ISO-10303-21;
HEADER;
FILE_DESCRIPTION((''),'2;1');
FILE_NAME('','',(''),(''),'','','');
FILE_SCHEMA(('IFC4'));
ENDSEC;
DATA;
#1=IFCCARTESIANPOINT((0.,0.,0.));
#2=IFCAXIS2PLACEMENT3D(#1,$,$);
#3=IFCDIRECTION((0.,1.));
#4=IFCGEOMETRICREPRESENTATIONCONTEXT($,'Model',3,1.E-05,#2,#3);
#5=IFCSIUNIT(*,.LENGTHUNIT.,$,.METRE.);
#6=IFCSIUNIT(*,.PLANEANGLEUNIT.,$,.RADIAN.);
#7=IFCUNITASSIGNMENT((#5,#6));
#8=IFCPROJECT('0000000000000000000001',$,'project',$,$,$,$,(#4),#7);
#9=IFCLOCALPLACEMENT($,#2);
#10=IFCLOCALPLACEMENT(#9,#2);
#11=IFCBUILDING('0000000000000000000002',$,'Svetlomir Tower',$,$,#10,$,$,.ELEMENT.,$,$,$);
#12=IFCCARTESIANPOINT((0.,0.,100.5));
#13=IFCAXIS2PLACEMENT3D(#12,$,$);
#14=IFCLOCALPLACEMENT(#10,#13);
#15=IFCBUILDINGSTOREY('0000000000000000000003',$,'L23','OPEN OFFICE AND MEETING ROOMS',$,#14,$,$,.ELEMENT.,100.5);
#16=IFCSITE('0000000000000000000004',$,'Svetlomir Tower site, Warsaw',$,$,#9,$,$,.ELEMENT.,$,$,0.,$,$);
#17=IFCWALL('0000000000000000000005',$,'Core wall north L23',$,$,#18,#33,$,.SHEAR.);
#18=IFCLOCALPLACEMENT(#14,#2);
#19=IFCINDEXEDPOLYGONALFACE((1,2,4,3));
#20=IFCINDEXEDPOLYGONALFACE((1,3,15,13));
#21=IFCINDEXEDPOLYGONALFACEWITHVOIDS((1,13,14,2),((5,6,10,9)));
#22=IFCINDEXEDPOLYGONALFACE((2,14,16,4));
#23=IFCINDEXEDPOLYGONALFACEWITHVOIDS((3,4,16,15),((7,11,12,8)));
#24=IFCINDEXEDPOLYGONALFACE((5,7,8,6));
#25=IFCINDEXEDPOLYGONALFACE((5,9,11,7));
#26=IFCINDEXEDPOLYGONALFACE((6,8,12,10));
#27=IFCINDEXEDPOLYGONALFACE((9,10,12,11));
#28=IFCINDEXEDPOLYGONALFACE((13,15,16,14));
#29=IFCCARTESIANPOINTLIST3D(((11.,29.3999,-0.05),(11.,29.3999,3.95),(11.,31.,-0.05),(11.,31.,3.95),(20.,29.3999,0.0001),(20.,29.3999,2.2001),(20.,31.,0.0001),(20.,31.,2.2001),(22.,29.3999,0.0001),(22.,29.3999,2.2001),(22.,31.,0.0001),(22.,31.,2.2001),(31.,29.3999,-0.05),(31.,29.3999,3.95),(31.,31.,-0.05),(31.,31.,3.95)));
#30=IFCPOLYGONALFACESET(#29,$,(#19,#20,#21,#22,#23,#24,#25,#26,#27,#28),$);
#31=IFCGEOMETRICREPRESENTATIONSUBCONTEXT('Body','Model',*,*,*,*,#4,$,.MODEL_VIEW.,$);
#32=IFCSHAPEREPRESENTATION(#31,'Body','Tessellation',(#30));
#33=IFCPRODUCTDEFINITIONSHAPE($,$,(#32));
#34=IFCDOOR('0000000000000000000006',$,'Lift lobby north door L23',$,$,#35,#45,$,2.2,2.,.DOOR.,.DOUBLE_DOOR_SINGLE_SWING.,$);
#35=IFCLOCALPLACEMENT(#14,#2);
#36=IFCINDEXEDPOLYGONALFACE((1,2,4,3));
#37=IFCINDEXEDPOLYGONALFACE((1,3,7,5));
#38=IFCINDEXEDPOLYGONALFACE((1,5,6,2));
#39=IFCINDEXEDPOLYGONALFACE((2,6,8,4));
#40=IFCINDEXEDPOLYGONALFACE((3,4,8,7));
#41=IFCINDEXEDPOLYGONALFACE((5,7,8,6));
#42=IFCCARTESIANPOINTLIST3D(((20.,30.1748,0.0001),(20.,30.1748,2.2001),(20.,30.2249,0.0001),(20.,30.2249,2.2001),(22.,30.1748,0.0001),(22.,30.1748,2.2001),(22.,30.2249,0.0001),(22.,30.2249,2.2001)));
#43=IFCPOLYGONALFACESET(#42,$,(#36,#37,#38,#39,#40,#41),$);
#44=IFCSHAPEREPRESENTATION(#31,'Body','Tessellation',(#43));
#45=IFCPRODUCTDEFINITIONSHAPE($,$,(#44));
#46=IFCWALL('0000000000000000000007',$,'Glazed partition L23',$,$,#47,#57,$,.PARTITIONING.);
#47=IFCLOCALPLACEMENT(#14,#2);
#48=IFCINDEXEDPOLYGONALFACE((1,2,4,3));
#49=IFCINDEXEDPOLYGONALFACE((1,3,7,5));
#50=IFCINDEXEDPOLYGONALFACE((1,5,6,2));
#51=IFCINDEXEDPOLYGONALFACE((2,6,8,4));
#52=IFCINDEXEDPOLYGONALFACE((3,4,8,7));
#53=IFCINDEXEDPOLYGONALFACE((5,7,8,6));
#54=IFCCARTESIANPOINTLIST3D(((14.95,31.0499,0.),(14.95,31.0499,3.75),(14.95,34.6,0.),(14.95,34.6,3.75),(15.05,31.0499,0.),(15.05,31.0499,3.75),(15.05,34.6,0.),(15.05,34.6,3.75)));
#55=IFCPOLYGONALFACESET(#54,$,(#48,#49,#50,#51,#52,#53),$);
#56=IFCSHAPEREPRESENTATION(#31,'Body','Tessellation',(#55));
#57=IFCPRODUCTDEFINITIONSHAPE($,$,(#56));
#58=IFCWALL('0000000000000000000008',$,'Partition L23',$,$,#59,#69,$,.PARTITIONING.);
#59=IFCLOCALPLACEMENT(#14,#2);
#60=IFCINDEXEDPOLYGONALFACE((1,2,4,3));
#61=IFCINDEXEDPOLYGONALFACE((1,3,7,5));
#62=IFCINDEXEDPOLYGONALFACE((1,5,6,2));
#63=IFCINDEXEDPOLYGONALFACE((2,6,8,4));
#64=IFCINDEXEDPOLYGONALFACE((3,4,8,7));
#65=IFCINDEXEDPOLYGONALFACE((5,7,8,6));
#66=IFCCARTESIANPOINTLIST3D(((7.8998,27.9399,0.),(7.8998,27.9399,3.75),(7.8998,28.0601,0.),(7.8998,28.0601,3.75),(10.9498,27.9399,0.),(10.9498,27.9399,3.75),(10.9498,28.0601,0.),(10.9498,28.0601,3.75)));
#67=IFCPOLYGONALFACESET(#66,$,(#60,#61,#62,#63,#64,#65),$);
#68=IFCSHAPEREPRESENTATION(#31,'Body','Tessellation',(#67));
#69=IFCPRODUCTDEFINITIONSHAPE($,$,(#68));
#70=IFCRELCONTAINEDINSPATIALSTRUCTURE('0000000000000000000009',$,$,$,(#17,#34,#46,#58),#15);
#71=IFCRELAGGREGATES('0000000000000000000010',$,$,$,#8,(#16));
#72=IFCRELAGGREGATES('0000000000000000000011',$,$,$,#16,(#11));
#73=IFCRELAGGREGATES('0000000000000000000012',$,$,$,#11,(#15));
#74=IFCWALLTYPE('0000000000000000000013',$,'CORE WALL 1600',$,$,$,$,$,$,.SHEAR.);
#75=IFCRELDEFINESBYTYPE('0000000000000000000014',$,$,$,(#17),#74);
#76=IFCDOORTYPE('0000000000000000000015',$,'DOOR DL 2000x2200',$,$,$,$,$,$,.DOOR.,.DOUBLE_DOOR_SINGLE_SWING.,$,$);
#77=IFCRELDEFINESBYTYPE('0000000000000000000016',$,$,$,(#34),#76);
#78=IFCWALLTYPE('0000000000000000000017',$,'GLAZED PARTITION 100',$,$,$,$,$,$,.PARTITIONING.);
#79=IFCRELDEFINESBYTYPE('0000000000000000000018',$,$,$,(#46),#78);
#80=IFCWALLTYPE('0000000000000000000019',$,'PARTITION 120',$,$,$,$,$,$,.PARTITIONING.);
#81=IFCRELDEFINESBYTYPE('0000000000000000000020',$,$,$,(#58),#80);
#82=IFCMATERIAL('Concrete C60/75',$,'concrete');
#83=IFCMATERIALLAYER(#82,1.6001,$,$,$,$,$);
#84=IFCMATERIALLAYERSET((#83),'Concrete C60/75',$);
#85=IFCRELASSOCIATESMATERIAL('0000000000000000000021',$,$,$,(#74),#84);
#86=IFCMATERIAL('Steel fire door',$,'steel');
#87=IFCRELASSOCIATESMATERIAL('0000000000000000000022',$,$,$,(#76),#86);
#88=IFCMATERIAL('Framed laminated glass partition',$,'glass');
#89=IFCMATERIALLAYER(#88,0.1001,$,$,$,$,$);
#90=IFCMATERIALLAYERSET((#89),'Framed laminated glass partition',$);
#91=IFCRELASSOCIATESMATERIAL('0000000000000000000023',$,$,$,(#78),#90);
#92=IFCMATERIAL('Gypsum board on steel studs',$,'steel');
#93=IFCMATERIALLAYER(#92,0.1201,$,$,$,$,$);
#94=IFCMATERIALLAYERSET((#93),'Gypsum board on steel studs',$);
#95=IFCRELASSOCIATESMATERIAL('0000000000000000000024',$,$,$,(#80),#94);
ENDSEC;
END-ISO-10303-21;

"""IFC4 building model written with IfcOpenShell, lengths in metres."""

from ifc_helpers import new_model, si_unit, direction, frame, frame_2d, origin, place, context, subcontext, project, spatial, rectangle, extrude, material, layer, layer_set, type_object, element, fill, save


model = new_model("IFC4")

# Units and contexts
model_context = context("Model", 3, precision=1e-05, world=origin(), true_north=direction((0.0, 1.0)))
body_context = subcontext(model_context, "Body", "Model", "MODEL_VIEW")
ifc_project = project(units=[si_unit("LENGTHUNIT", "METRE"), si_unit("PLANEANGLEUNIT", "RADIAN")], contexts=[model_context])

# Site, building, storey
site_placement = place(None, origin())
site = spatial("IfcSite", under=ifc_project, at=site_placement, Name="Svetlomir Tower site, Warsaw", CompositionType="ELEMENT", RefElevation=0.0)
building_placement = place(site_placement, origin())
building = spatial("IfcBuilding", under=site, at=building_placement, Name="Svetlomir Tower", CompositionType="ELEMENT")
storey_placement = place(building_placement, frame((0.0, 0.0, 100.5)))
storey = spatial("IfcBuildingStorey", under=building, at=storey_placement, Name="L23", Description="OPEN OFFICE AND MEETING ROOMS", CompositionType="ELEMENT", Elevation=100.5)

# Wall, opening, door
ifc_material_1 = material(Name="Concrete C60/75", Category="concrete")
ifc_layer_1 = layer(ifc_material_1, 1.6001)
ifc_layer_set_1 = layer_set([ifc_layer_1], Name="Concrete C60/75")
wall_type_1 = type_object("IfcWallType", Name="CORE WALL 1600", PredefinedType="SHEAR", material=ifc_layer_set_1)
wall_1_placement = place(storey_placement, frame((11.0, 30.2, -0.05), z_axis=(0.0, 0.0, 1.0), x_axis=(1.0, 0.0, 0.0)))
wall_1 = element("IfcWall", 1, at=wall_1_placement, inside=storey, type_object=wall_type_1, Name="Core wall north L23", PredefinedType="SHEAR", context=body_context, shape_type="SweptSolid", body=[
    extrude(rectangle(XDim=20.0, YDim=1.6001, at=frame_2d((10.0, 0.0))), origin(), (0.0, 0.0, 1.0), 4.0),
])
opening_placement = place(wall_1_placement, frame((9.0, 0.0, 0.05)))
opening = element("IfcOpeningElement", 2, at=opening_placement, cuts=wall_1, PredefinedType="OPENING", context=body_context, shape_type="SweptSolid", body=[
    extrude(rectangle(XDim=2.0, YDim=2.2, at=frame_2d((1.0, 1.1001))), frame((0.0, 0.8101, 0.0), z_axis=(0.0, -1.0, 0.0), x_axis=(1.0, 0.0, 0.0)), (0.0, 0.0, 1.0), 1.6201),
])
ifc_material_2 = material(Name="Steel fire door", Category="steel")
door_type = type_object("IfcDoorType", Name="DOOR DL 2000x2200", OperationType="DOUBLE_DOOR_SINGLE_SWING", PredefinedType="DOOR", material=ifc_material_2)
door_placement = place(opening_placement, origin())
door = element("IfcDoor", 3, at=door_placement, inside=storey, type_object=door_type, Name="Lift lobby north door L23", OperationType="DOUBLE_DOOR_SINGLE_SWING", OverallHeight=2.2, OverallWidth=2.0, PredefinedType="DOOR", context=body_context, shape_type="SweptSolid", body=[
    extrude(rectangle(XDim=2.0, YDim=2.2, at=frame_2d((1.0, 1.1001))), frame((0.0, 0.0249, 0.0), z_axis=(0.0, -1.0, 0.0), x_axis=(1.0, 0.0, 0.0)), (0.0, 0.0, 1.0), 0.05),
])
fill(opening, door)

# Walls
ifc_material_3 = material(Name="Framed laminated glass partition", Category="glass")
ifc_layer_2 = layer(ifc_material_3, 0.1001)
ifc_layer_set_2 = layer_set([ifc_layer_2], Name="Framed laminated glass partition")
wall_type_2 = type_object("IfcWallType", Name="GLAZED PARTITION 100", PredefinedType="PARTITIONING", material=ifc_layer_set_2)
wall_2_placement = place(storey_placement, frame((15.0, 31.05, 0.0), z_axis=(0.0, 0.0, 1.0), x_axis=(0.0, 1.0, 0.0)))
element("IfcWall", 4, at=wall_2_placement, inside=storey, type_object=wall_type_2, Name="Glazed partition L23", PredefinedType="PARTITIONING", context=body_context, shape_type="SweptSolid", body=[
    extrude(rectangle(XDim=3.55, YDim=0.1001, at=frame_2d((1.7749, 0.0))), origin(), (0.0, 0.0, 1.0), 3.75),
])
ifc_material_4 = material(Name="Gypsum board on steel studs", Category="steel")
ifc_layer_3 = layer(ifc_material_4, 0.1201)
ifc_layer_set_3 = layer_set([ifc_layer_3], Name="Gypsum board on steel studs")
wall_type_3 = type_object("IfcWallType", Name="PARTITION 120", PredefinedType="PARTITIONING", material=ifc_layer_set_3)
wall_3_placement = place(storey_placement, frame((7.8999, 28.0, 0.0), z_axis=(0.0, 0.0, 1.0), x_axis=(1.0, 0.0, 0.0)))
element("IfcWall", 5, at=wall_3_placement, inside=storey, type_object=wall_type_3, Name="Partition L23", PredefinedType="PARTITIONING", context=body_context, shape_type="SweptSolid", body=[
    extrude(rectangle(XDim=3.05, YDim=0.1201, at=frame_2d((1.5249, 0.0))), origin(), (0.0, 0.0, 1.0), 3.75),
])

save(model, "model.ifc")
